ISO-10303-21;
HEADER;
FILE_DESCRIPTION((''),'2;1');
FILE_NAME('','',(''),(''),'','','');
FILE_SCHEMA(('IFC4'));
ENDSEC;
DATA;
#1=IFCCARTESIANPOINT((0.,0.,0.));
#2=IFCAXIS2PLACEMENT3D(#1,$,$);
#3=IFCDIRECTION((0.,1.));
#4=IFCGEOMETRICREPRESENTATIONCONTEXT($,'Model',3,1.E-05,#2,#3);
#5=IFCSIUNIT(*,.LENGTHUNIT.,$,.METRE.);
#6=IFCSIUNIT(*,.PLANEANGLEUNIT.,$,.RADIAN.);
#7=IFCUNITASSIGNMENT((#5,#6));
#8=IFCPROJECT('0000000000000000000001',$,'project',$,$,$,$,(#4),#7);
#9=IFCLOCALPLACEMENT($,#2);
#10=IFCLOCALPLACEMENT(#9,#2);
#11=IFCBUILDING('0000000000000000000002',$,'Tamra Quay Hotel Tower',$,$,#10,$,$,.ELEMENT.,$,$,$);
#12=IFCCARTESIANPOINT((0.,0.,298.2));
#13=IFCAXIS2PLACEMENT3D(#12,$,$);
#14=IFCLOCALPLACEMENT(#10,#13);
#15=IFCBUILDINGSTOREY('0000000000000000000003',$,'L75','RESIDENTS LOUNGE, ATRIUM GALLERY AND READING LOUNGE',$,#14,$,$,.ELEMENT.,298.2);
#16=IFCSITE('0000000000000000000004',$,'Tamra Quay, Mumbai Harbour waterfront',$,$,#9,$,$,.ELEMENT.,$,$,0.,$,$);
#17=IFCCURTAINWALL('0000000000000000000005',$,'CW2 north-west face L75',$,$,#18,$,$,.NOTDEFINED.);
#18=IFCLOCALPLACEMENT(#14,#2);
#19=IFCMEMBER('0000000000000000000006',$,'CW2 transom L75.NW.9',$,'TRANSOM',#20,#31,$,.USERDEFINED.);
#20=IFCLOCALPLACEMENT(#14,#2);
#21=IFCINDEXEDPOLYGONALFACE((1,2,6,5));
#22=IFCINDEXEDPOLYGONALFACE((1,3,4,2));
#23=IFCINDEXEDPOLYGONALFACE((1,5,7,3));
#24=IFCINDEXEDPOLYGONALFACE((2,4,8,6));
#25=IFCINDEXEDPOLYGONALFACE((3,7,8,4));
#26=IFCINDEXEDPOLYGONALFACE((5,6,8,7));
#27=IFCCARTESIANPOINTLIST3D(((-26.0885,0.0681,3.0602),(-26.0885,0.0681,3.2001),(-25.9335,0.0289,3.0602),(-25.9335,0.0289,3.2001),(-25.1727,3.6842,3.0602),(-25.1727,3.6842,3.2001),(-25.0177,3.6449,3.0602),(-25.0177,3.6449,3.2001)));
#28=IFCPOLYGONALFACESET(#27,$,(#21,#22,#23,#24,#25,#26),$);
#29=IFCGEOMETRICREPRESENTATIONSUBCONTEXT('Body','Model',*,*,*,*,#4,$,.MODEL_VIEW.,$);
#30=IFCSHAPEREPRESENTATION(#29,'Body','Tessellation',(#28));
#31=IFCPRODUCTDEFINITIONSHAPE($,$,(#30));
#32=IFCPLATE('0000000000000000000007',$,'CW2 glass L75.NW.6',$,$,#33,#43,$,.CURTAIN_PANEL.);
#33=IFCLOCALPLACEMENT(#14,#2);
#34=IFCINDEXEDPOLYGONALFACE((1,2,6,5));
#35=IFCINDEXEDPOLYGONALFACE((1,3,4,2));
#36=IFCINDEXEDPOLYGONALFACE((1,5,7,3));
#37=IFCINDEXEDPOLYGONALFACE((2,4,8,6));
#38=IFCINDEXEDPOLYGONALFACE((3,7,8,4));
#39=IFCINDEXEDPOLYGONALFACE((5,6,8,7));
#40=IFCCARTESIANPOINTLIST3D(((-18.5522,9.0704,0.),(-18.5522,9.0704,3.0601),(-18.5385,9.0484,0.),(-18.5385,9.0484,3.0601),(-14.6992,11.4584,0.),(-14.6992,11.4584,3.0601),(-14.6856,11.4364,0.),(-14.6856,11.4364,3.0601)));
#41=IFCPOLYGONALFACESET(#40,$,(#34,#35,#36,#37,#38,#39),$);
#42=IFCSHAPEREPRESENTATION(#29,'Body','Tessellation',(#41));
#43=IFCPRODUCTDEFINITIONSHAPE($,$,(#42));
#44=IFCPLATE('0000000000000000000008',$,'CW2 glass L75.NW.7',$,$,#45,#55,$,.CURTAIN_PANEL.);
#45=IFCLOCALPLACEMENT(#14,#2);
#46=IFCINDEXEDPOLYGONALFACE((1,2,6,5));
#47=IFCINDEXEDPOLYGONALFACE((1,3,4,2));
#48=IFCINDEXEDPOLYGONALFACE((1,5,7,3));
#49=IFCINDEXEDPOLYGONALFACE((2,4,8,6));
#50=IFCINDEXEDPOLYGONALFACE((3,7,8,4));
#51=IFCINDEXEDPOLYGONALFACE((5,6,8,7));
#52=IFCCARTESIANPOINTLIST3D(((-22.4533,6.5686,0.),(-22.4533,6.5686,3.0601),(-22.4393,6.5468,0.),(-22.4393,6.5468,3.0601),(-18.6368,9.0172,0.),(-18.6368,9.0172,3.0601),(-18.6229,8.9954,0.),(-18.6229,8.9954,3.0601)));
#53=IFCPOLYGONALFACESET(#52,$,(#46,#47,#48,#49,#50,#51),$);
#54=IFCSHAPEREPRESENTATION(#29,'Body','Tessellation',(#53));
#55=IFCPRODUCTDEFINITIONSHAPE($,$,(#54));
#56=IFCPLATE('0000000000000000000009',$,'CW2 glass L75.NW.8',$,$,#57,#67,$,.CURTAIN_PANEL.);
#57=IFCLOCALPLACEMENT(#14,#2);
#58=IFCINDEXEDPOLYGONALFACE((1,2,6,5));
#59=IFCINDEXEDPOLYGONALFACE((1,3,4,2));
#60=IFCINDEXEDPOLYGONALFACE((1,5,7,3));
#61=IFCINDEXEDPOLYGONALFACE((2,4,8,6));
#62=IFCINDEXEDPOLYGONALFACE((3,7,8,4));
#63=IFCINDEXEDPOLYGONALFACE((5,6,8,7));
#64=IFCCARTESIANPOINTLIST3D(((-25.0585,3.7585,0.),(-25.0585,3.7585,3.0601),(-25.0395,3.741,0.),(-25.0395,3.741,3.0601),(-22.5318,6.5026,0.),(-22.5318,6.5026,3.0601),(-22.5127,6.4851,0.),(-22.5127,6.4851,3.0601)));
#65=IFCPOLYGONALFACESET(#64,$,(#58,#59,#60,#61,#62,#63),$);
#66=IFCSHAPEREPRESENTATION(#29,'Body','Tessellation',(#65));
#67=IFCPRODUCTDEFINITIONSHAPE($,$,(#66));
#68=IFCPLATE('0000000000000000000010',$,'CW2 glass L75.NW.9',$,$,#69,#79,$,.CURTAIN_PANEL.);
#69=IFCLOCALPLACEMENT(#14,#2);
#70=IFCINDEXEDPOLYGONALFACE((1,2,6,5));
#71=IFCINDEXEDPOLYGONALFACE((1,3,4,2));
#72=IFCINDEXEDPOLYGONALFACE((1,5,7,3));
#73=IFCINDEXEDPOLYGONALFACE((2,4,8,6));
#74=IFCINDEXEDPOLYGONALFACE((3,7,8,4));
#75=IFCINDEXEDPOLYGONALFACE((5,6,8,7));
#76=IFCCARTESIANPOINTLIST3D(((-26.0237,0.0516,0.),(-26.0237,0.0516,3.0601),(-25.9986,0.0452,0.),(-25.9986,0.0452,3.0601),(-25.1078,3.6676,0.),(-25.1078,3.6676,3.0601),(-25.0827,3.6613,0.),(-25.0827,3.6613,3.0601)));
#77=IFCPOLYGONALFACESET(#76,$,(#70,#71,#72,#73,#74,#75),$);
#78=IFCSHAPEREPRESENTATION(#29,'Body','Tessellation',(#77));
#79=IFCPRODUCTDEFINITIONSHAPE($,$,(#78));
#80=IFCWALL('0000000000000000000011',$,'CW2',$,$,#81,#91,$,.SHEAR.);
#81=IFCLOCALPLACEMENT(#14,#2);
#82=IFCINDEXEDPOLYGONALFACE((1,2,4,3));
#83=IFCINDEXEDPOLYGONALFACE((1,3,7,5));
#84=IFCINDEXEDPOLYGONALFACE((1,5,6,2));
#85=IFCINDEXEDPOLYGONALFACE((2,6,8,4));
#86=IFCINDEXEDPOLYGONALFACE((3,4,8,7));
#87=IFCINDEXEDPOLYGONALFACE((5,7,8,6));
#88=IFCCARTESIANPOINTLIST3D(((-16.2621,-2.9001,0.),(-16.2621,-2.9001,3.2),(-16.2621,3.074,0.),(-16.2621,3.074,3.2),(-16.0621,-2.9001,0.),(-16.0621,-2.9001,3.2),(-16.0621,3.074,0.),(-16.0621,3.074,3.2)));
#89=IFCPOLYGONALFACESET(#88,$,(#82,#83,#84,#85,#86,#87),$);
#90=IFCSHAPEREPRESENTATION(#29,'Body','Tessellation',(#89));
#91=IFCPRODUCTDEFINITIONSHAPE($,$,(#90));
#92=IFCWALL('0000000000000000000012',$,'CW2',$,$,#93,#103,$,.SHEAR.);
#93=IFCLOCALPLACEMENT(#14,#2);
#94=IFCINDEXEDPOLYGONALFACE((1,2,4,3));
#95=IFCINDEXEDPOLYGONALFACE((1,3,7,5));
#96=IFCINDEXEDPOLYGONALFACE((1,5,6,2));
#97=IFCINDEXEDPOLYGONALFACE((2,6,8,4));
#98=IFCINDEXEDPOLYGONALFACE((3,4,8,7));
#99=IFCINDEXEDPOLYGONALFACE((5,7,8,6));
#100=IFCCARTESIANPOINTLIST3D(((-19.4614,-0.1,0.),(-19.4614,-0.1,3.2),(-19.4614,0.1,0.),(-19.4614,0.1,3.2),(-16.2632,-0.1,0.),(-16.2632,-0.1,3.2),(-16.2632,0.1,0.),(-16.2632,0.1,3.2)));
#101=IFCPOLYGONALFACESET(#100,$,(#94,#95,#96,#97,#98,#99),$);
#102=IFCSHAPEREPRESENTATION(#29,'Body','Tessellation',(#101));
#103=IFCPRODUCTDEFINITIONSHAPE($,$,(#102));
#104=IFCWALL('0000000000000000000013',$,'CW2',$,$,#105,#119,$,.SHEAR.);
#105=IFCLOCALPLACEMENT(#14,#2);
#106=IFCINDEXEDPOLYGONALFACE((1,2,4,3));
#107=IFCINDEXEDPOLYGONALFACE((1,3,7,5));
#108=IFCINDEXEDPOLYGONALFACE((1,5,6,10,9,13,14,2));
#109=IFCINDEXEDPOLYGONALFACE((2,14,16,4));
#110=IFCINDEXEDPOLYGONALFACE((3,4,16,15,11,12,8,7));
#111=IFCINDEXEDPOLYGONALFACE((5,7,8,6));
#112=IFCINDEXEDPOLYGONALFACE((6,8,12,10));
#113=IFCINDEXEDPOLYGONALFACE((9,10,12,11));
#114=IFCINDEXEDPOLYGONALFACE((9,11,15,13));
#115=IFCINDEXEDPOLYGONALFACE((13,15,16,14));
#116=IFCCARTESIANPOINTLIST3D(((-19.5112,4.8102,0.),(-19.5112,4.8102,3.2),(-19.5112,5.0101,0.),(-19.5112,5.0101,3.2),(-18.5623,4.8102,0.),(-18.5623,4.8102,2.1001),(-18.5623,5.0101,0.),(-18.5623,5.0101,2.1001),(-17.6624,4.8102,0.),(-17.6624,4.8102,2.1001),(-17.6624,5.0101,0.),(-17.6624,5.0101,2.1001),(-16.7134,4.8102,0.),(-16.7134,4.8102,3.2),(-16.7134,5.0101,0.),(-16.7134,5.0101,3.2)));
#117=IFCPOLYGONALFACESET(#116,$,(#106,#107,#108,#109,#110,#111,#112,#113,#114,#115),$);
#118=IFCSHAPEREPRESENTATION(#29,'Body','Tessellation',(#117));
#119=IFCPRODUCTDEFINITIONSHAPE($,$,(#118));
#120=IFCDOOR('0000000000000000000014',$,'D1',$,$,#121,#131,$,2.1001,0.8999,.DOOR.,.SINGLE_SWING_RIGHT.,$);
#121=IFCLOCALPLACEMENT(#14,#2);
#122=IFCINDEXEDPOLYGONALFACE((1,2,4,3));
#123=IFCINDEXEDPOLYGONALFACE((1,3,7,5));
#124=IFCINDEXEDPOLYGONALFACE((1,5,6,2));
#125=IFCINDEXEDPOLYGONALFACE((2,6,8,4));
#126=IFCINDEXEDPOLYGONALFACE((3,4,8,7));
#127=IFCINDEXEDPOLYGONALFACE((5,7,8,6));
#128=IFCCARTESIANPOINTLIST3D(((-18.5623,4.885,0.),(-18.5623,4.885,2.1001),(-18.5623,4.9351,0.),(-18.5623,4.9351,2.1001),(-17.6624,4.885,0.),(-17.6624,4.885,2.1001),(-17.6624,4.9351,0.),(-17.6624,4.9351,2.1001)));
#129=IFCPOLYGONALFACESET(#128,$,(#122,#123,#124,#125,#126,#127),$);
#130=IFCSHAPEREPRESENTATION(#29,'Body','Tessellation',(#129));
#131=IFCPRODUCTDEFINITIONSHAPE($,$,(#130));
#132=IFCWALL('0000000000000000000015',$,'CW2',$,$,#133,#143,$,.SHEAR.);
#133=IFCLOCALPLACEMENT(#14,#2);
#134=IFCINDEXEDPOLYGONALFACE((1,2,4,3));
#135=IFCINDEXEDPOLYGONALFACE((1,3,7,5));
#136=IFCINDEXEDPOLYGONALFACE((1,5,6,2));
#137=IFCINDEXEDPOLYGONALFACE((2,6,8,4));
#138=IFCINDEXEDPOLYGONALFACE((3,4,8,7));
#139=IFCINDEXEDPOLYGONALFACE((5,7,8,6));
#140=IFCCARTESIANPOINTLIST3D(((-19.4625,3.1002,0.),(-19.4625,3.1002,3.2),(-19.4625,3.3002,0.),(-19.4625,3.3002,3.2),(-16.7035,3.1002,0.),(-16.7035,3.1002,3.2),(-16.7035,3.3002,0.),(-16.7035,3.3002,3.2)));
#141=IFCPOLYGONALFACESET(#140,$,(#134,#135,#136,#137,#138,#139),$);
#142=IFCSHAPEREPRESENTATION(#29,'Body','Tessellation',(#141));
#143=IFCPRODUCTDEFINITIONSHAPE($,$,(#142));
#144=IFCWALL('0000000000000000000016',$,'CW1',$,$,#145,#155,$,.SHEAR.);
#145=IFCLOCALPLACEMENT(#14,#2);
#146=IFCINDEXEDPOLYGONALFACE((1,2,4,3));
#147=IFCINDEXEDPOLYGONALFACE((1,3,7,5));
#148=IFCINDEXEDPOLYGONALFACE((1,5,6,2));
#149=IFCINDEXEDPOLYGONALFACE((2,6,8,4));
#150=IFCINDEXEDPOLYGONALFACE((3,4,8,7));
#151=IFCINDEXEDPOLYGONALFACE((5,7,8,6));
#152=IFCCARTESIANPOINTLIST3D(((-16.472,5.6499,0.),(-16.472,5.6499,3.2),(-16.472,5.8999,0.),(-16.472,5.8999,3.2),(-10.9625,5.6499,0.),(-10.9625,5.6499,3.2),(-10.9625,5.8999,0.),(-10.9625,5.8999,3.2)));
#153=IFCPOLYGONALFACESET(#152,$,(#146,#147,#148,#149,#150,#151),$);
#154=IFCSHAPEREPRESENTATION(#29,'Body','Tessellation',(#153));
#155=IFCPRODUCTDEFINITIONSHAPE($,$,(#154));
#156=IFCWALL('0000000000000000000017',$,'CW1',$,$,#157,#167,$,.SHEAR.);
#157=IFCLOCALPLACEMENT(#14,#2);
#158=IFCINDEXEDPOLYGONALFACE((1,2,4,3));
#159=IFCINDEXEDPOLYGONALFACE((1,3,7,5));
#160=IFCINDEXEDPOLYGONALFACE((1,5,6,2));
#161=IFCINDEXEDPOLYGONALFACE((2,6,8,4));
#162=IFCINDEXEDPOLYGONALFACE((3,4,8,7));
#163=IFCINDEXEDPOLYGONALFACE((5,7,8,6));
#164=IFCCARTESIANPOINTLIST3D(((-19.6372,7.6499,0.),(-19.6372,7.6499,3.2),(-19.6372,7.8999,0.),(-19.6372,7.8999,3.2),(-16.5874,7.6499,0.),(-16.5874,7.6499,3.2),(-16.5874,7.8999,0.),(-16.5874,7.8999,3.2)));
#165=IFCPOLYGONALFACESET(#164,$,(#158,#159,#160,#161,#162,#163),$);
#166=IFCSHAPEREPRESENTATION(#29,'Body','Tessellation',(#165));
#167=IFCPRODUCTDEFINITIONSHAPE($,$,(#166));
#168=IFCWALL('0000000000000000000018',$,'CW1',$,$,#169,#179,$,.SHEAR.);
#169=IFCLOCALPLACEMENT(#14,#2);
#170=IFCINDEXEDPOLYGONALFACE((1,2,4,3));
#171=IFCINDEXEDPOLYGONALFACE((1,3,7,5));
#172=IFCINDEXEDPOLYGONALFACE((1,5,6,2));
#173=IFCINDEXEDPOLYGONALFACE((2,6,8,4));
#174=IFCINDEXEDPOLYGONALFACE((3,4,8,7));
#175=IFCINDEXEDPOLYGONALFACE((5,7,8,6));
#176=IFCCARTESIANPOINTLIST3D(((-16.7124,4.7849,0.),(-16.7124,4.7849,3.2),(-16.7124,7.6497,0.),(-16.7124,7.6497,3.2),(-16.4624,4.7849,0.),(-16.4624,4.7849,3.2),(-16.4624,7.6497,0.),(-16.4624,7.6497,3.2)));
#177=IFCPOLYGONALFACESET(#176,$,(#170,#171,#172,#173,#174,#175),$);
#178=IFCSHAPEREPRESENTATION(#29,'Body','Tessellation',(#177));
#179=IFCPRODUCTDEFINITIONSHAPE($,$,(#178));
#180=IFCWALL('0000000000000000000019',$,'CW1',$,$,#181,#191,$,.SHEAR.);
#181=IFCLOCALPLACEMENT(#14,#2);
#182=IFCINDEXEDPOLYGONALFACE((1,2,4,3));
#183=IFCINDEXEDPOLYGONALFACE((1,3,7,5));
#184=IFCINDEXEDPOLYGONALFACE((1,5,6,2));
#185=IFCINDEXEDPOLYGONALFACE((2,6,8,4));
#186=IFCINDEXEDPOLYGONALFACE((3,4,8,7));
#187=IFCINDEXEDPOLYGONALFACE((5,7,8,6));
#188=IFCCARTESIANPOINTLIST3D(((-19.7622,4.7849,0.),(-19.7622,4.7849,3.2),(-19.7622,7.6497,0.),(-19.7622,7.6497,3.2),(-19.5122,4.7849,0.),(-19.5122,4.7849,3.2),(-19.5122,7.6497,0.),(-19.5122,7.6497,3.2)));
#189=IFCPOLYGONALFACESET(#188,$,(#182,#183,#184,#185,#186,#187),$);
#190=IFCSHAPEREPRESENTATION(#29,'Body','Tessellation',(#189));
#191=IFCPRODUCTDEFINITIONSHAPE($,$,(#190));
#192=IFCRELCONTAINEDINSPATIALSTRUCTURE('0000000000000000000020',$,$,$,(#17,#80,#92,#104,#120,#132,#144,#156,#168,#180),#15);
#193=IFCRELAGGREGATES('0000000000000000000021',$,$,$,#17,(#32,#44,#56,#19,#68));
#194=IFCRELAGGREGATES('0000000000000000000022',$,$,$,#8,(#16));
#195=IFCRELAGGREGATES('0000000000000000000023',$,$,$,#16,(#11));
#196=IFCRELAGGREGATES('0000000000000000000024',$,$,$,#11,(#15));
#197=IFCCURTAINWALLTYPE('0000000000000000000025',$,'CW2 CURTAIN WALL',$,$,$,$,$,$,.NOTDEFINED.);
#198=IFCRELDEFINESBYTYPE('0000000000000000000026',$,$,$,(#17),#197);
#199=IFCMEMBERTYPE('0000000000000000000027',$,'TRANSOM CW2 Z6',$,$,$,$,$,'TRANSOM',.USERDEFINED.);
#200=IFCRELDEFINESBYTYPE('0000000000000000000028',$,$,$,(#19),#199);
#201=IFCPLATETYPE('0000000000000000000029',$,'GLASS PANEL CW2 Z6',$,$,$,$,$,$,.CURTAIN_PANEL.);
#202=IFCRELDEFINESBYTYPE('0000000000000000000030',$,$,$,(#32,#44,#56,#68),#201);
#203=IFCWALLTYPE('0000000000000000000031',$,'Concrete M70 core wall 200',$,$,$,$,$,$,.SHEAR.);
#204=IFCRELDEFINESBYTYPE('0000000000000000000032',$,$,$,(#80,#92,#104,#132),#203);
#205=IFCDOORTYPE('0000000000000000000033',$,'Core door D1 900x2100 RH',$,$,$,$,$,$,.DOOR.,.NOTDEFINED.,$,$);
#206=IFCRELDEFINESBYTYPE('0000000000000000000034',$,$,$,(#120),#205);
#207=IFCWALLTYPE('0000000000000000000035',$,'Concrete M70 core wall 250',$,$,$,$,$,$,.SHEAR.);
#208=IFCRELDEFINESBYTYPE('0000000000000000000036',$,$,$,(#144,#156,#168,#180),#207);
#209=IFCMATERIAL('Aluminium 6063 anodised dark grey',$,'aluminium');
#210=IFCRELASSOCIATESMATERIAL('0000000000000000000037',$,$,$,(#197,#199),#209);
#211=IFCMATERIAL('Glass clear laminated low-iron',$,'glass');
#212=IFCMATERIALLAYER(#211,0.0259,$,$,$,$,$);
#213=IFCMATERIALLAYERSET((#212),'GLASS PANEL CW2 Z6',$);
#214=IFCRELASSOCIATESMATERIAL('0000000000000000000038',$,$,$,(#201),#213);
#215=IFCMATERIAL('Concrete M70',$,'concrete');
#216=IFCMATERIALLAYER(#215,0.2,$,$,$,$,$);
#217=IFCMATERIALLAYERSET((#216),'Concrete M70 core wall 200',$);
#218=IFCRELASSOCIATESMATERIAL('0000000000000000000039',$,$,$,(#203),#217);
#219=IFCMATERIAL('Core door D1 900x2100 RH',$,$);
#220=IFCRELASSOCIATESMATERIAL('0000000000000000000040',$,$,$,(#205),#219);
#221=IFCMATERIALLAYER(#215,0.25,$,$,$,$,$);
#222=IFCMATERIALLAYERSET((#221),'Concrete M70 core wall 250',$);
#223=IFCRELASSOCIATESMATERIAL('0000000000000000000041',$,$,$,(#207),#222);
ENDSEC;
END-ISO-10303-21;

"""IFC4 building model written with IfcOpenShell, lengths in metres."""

from ifc_helpers import new_model, si_unit, direction, frame, frame_2d, origin, origin_2d, place, context, subcontext, project, spatial, rectangle, extrude, material, layer, layer_set, material_profile, profile_set, type_object, element, fill, aggregate, save


model = new_model("IFC4")

# Units and contexts
model_context = context("Model", 3, precision=1e-05, world=origin(), true_north=direction((0.0, 1.0)))
body_context = subcontext(model_context, "Body", "Model", "MODEL_VIEW")
ifc_project = project(units=[si_unit("LENGTHUNIT", "METRE"), si_unit("PLANEANGLEUNIT", "RADIAN")], contexts=[model_context])

# Site, building, storey
site_placement = place(None, origin())
site = spatial("IfcSite", under=ifc_project, at=site_placement, Name="Tamra Quay, Mumbai Harbour waterfront", CompositionType="ELEMENT", RefElevation=0.0)
building_placement = place(site_placement, origin())
building = spatial("IfcBuilding", under=site, at=building_placement, Name="Tamra Quay Hotel Tower", CompositionType="ELEMENT")
storey_placement = place(building_placement, frame((0.0, 0.0, 298.2)))
storey = spatial("IfcBuildingStorey", under=building, at=storey_placement, Name="L75", Description="RESIDENTS LOUNGE, ATRIUM GALLERY AND READING LOUNGE", CompositionType="ELEMENT", Elevation=298.2)

# Shared definitions
ifc_material_1 = material(Name="Concrete M70", Category="concrete")

# Curtain wall
ifc_material_2 = material(Name="Aluminium 6063 anodised dark grey", Category="aluminium")
curtain_wall_type = type_object("IfcCurtainWallType", Name="CW2 CURTAIN WALL", PredefinedType="NOTDEFINED", material=ifc_material_2)
curtain_wall_placement = place(storey_placement, origin())
curtain_wall = element("IfcCurtainWall", 1, at=curtain_wall_placement, inside=storey, type_object=curtain_wall_type, Name="CW2 north-west face L75", PredefinedType="NOTDEFINED")

# Member
ifc_material_profile_1 = material_profile(ifc_material_2, rectangle(XDim=0.1599, YDim=0.1399, at=origin_2d()), Name="TRANSOM 160X140")
ifc_profile_set_1 = profile_set([ifc_material_profile_1], Name="Aluminium 6063 anodised dark grey")
member_type_1 = type_object("IfcMemberType", Name="TRANSOM CW2 Z6", ElementType="TRANSOM", PredefinedType="USERDEFINED", material=ifc_profile_set_1)
member_1_placement = place(storey_placement, frame((-25.0952, 3.6646, 3.1301), z_axis=(-0.245507, -0.969395, 0.0), x_axis=(0.969395, -0.245507, 0.0)))
member_1 = element("IfcMember", 2, at=member_1_placement, type_object=member_type_1, Name="CW2 transom L75.NW.9", ObjectType="TRANSOM", PredefinedType="USERDEFINED", context=body_context, shape_type="SweptSolid", body=[
    extrude(rectangle(XDim=0.1599, YDim=0.1399, at=origin_2d()), origin(), (0.0, 0.0, 1.0), 3.7302),
])

# Plates
ifc_material_3 = material(Name="Glass clear laminated low-iron", Category="glass")
ifc_layer_1 = layer(ifc_material_3, 0.0259)
ifc_layer_set_1 = layer_set([ifc_layer_1], Name="GLASS PANEL CW2 Z6")
plate_type = type_object("IfcPlateType", Name="GLASS PANEL CW2 Z6", PredefinedType="CURTAIN_PANEL", material=ifc_layer_set_1)
plate_1_placement = place(storey_placement, frame((-16.6189, 10.2534, 0.0), z_axis=(0.0, 0.0, 1.0), x_axis=(-0.849982, -0.526812, 0.0)))
plate_1 = element("IfcPlate", 3, at=plate_1_placement, type_object=plate_type, Name="CW2 glass L75.NW.6", PredefinedType="CURTAIN_PANEL", context=body_context, shape_type="SweptSolid", body=[
    extrude(rectangle(XDim=4.533, YDim=0.0259, at=origin_2d()), origin(), (0.0, 0.0, 1.0), 3.0601),
])
plate_2_placement = place(storey_placement, frame((-20.5381, 7.782, 0.0), z_axis=(0.0, 0.0, 1.0), x_axis=(-0.841665, -0.54, 0.0)))
plate_2 = element("IfcPlate", 4, at=plate_2_placement, type_object=plate_type, Name="CW2 glass L75.NW.7", PredefinedType="CURTAIN_PANEL", context=body_context, shape_type="SweptSolid", body=[
    extrude(rectangle(XDim=4.5344, YDim=0.0259, at=origin_2d()), origin(), (0.0, 0.0, 1.0), 3.0601),
])
plate_3_placement = place(storey_placement, frame((-23.7856, 5.1218, 0.0), z_axis=(0.0, 0.0, 1.0), x_axis=(-0.677376, -0.735637, 0.0)))
plate_3 = element("IfcPlate", 5, at=plate_3_placement, type_object=plate_type, Name="CW2 glass L75.NW.8", PredefinedType="CURTAIN_PANEL", context=body_context, shape_type="SweptSolid", body=[
    extrude(rectangle(XDim=3.7302, YDim=0.0259, at=origin_2d()), origin(), (0.0, 0.0, 1.0), 3.0601),
])
plate_4_placement = place(storey_placement, frame((-25.5532, 1.8564, 0.0), z_axis=(0.0, 0.0, 1.0), x_axis=(-0.245527, -0.96939, 0.0)))
plate_4 = element("IfcPlate", 6, at=plate_4_placement, type_object=plate_type, Name="CW2 glass L75.NW.9", PredefinedType="CURTAIN_PANEL", context=body_context, shape_type="SweptSolid", body=[
    extrude(rectangle(XDim=3.7302, YDim=0.0259, at=origin_2d()), origin(), (0.0, 0.0, 1.0), 3.0601),
])
aggregate(curtain_wall, [plate_1, plate_2, plate_3, member_1, plate_4])

# Walls
ifc_layer_2 = layer(ifc_material_1, 0.2)
ifc_layer_set_2 = layer_set([ifc_layer_2], Name="Concrete M70 core wall 200")
wall_type_1 = type_object("IfcWallType", Name="Concrete M70 core wall 200", PredefinedType="SHEAR", material=ifc_layer_set_2)
wall_1_placement = place(storey_placement, frame((-16.1621, 3.074, 0.0), z_axis=(0.0, 0.0, 1.0), x_axis=(0.0, -1.0, 0.0)))
element("IfcWall", 7, at=wall_1_placement, inside=storey, type_object=wall_type_1, Name="CW2", PredefinedType="SHEAR", context=body_context, shape_type="SweptSolid", body=[
    extrude(rectangle(XDim=5.9741, YDim=0.2, at=frame_2d((2.9871, 0.0))), origin(), (0.0, 0.0, 1.0), 3.2),
])
wall_2_placement = place(storey_placement, frame((-16.2632, 0.0, 0.0), z_axis=(0.0, 0.0, 1.0), x_axis=(-1.0, 0.0, 0.0)))
element("IfcWall", 8, at=wall_2_placement, inside=storey, type_object=wall_type_1, Name="CW2", PredefinedType="SHEAR", context=body_context, shape_type="SweptSolid", body=[
    extrude(rectangle(XDim=3.1982, YDim=0.2, at=frame_2d((1.5991, 0.0))), origin(), (0.0, 0.0, 1.0), 3.2),
])

# Wall, opening, door
wall_3_placement = place(storey_placement, frame((-19.5112, 4.9102, 0.0), z_axis=(0.0, 0.0, 1.0), x_axis=(1.0, 0.0, 0.0)))
wall_3 = element("IfcWall", 9, at=wall_3_placement, inside=storey, type_object=wall_type_1, Name="CW2", PredefinedType="SHEAR", context=body_context, shape_type="SweptSolid", body=[
    extrude(rectangle(XDim=2.7979, YDim=0.2, at=frame_2d((1.3989, 0.0))), origin(), (0.0, 0.0, 1.0), 3.2),
])
opening_placement = place(wall_3_placement, frame((0.949, 0.0, 0.0)))
opening = element("IfcOpeningElement", 10, at=opening_placement, cuts=wall_3, PredefinedType="OPENING", context=body_context, shape_type="SweptSolid", body=[
    extrude(rectangle(XDim=0.8999, YDim=2.1001, at=frame_2d((0.45, 1.05))), frame((0.0, 0.1099, 0.0), z_axis=(0.0, -1.0, 0.0), x_axis=(1.0, 0.0, 0.0)), (0.0, 0.0, 1.0), 0.22),
])
ifc_material_4 = material(Name="Core door D1 900x2100 RH")
door_type = type_object("IfcDoorType", Name="Core door D1 900x2100 RH", OperationType="NOTDEFINED", PredefinedType="DOOR", material=ifc_material_4)
door_placement = place(opening_placement, origin())
door = element("IfcDoor", 11, at=door_placement, inside=storey, type_object=door_type, Name="D1", OperationType="SINGLE_SWING_RIGHT", OverallHeight=2.1001, OverallWidth=0.8999, PredefinedType="DOOR", context=body_context, shape_type="SweptSolid", body=[
    extrude(rectangle(XDim=0.8999, YDim=2.1001, at=frame_2d((0.45, 1.05))), frame((0.0, 0.0249, 0.0), z_axis=(0.0, -1.0, 0.0), x_axis=(1.0, 0.0, 0.0)), (0.0, 0.0, 1.0), 0.05),
])
fill(opening, door)

# Walls
wall_4_placement = place(storey_placement, frame((-19.4624, 3.2002, 0.0), z_axis=(0.0, 0.0, 1.0), x_axis=(1.0, 0.0, 0.0)))
element("IfcWall", 12, at=wall_4_placement, inside=storey, type_object=wall_type_1, Name="CW2", PredefinedType="SHEAR", context=body_context, shape_type="SweptSolid", body=[
    extrude(rectangle(XDim=2.759, YDim=0.2, at=frame_2d((1.3794, 0.0))), origin(), (0.0, 0.0, 1.0), 3.2),
])
ifc_layer_3 = layer(ifc_material_1, 0.25)
ifc_layer_set_3 = layer_set([ifc_layer_3], Name="Concrete M70 core wall 250")
wall_type_2 = type_object("IfcWallType", Name="Concrete M70 core wall 250", PredefinedType="SHEAR", material=ifc_layer_set_3)
wall_5_placement = place(storey_placement, frame((-16.4722, 5.7749, 0.0), z_axis=(0.0, 0.0, 1.0), x_axis=(1.0, 0.0, 0.0)))
element("IfcWall", 13, at=wall_5_placement, inside=storey, type_object=wall_type_2, Name="CW1", PredefinedType="SHEAR", context=body_context, shape_type="SweptSolid", body=[
    extrude(rectangle(XDim=5.5095, YDim=0.25, at=frame_2d((2.7549, 0.0))), origin(), (0.0, 0.0, 1.0), 3.2),
])
wall_6_placement = place(storey_placement, frame((-19.6372, 7.7749, 0.0), z_axis=(0.0, 0.0, 1.0), x_axis=(1.0, 0.0, 0.0)))
element("IfcWall", 14, at=wall_6_placement, inside=storey, type_object=wall_type_2, Name="CW1", PredefinedType="SHEAR", context=body_context, shape_type="SweptSolid", body=[
    extrude(rectangle(XDim=3.0498, YDim=0.25, at=frame_2d((1.5249, 0.0))), origin(), (0.0, 0.0, 1.0), 3.2),
])
for number, where, z_axis, x_axis, name in (
    (15, (-16.5874, 7.6497, 0.0), (0.0, 0.0, 1.0), (0.0, -1.0, 0.0), "CW1"),
    (16, (-19.6372, 4.7849, 0.0), (0.0, 0.0, 1.0), (0.0, 1.0, 0.0), "CW1"),
):
    element("IfcWall", number, at=place(storey_placement, frame(where, z_axis=z_axis, x_axis=x_axis)), inside=storey, type_object=wall_type_2, Name=name, PredefinedType="SHEAR", context=body_context, shape_type="SweptSolid", body=[
        extrude(rectangle(XDim=2.8647, YDim=0.25, at=frame_2d((1.4324, 0.0))), origin(), (0.0, 0.0, 1.0), 3.2),
    ])

save(model, "model.ifc")
